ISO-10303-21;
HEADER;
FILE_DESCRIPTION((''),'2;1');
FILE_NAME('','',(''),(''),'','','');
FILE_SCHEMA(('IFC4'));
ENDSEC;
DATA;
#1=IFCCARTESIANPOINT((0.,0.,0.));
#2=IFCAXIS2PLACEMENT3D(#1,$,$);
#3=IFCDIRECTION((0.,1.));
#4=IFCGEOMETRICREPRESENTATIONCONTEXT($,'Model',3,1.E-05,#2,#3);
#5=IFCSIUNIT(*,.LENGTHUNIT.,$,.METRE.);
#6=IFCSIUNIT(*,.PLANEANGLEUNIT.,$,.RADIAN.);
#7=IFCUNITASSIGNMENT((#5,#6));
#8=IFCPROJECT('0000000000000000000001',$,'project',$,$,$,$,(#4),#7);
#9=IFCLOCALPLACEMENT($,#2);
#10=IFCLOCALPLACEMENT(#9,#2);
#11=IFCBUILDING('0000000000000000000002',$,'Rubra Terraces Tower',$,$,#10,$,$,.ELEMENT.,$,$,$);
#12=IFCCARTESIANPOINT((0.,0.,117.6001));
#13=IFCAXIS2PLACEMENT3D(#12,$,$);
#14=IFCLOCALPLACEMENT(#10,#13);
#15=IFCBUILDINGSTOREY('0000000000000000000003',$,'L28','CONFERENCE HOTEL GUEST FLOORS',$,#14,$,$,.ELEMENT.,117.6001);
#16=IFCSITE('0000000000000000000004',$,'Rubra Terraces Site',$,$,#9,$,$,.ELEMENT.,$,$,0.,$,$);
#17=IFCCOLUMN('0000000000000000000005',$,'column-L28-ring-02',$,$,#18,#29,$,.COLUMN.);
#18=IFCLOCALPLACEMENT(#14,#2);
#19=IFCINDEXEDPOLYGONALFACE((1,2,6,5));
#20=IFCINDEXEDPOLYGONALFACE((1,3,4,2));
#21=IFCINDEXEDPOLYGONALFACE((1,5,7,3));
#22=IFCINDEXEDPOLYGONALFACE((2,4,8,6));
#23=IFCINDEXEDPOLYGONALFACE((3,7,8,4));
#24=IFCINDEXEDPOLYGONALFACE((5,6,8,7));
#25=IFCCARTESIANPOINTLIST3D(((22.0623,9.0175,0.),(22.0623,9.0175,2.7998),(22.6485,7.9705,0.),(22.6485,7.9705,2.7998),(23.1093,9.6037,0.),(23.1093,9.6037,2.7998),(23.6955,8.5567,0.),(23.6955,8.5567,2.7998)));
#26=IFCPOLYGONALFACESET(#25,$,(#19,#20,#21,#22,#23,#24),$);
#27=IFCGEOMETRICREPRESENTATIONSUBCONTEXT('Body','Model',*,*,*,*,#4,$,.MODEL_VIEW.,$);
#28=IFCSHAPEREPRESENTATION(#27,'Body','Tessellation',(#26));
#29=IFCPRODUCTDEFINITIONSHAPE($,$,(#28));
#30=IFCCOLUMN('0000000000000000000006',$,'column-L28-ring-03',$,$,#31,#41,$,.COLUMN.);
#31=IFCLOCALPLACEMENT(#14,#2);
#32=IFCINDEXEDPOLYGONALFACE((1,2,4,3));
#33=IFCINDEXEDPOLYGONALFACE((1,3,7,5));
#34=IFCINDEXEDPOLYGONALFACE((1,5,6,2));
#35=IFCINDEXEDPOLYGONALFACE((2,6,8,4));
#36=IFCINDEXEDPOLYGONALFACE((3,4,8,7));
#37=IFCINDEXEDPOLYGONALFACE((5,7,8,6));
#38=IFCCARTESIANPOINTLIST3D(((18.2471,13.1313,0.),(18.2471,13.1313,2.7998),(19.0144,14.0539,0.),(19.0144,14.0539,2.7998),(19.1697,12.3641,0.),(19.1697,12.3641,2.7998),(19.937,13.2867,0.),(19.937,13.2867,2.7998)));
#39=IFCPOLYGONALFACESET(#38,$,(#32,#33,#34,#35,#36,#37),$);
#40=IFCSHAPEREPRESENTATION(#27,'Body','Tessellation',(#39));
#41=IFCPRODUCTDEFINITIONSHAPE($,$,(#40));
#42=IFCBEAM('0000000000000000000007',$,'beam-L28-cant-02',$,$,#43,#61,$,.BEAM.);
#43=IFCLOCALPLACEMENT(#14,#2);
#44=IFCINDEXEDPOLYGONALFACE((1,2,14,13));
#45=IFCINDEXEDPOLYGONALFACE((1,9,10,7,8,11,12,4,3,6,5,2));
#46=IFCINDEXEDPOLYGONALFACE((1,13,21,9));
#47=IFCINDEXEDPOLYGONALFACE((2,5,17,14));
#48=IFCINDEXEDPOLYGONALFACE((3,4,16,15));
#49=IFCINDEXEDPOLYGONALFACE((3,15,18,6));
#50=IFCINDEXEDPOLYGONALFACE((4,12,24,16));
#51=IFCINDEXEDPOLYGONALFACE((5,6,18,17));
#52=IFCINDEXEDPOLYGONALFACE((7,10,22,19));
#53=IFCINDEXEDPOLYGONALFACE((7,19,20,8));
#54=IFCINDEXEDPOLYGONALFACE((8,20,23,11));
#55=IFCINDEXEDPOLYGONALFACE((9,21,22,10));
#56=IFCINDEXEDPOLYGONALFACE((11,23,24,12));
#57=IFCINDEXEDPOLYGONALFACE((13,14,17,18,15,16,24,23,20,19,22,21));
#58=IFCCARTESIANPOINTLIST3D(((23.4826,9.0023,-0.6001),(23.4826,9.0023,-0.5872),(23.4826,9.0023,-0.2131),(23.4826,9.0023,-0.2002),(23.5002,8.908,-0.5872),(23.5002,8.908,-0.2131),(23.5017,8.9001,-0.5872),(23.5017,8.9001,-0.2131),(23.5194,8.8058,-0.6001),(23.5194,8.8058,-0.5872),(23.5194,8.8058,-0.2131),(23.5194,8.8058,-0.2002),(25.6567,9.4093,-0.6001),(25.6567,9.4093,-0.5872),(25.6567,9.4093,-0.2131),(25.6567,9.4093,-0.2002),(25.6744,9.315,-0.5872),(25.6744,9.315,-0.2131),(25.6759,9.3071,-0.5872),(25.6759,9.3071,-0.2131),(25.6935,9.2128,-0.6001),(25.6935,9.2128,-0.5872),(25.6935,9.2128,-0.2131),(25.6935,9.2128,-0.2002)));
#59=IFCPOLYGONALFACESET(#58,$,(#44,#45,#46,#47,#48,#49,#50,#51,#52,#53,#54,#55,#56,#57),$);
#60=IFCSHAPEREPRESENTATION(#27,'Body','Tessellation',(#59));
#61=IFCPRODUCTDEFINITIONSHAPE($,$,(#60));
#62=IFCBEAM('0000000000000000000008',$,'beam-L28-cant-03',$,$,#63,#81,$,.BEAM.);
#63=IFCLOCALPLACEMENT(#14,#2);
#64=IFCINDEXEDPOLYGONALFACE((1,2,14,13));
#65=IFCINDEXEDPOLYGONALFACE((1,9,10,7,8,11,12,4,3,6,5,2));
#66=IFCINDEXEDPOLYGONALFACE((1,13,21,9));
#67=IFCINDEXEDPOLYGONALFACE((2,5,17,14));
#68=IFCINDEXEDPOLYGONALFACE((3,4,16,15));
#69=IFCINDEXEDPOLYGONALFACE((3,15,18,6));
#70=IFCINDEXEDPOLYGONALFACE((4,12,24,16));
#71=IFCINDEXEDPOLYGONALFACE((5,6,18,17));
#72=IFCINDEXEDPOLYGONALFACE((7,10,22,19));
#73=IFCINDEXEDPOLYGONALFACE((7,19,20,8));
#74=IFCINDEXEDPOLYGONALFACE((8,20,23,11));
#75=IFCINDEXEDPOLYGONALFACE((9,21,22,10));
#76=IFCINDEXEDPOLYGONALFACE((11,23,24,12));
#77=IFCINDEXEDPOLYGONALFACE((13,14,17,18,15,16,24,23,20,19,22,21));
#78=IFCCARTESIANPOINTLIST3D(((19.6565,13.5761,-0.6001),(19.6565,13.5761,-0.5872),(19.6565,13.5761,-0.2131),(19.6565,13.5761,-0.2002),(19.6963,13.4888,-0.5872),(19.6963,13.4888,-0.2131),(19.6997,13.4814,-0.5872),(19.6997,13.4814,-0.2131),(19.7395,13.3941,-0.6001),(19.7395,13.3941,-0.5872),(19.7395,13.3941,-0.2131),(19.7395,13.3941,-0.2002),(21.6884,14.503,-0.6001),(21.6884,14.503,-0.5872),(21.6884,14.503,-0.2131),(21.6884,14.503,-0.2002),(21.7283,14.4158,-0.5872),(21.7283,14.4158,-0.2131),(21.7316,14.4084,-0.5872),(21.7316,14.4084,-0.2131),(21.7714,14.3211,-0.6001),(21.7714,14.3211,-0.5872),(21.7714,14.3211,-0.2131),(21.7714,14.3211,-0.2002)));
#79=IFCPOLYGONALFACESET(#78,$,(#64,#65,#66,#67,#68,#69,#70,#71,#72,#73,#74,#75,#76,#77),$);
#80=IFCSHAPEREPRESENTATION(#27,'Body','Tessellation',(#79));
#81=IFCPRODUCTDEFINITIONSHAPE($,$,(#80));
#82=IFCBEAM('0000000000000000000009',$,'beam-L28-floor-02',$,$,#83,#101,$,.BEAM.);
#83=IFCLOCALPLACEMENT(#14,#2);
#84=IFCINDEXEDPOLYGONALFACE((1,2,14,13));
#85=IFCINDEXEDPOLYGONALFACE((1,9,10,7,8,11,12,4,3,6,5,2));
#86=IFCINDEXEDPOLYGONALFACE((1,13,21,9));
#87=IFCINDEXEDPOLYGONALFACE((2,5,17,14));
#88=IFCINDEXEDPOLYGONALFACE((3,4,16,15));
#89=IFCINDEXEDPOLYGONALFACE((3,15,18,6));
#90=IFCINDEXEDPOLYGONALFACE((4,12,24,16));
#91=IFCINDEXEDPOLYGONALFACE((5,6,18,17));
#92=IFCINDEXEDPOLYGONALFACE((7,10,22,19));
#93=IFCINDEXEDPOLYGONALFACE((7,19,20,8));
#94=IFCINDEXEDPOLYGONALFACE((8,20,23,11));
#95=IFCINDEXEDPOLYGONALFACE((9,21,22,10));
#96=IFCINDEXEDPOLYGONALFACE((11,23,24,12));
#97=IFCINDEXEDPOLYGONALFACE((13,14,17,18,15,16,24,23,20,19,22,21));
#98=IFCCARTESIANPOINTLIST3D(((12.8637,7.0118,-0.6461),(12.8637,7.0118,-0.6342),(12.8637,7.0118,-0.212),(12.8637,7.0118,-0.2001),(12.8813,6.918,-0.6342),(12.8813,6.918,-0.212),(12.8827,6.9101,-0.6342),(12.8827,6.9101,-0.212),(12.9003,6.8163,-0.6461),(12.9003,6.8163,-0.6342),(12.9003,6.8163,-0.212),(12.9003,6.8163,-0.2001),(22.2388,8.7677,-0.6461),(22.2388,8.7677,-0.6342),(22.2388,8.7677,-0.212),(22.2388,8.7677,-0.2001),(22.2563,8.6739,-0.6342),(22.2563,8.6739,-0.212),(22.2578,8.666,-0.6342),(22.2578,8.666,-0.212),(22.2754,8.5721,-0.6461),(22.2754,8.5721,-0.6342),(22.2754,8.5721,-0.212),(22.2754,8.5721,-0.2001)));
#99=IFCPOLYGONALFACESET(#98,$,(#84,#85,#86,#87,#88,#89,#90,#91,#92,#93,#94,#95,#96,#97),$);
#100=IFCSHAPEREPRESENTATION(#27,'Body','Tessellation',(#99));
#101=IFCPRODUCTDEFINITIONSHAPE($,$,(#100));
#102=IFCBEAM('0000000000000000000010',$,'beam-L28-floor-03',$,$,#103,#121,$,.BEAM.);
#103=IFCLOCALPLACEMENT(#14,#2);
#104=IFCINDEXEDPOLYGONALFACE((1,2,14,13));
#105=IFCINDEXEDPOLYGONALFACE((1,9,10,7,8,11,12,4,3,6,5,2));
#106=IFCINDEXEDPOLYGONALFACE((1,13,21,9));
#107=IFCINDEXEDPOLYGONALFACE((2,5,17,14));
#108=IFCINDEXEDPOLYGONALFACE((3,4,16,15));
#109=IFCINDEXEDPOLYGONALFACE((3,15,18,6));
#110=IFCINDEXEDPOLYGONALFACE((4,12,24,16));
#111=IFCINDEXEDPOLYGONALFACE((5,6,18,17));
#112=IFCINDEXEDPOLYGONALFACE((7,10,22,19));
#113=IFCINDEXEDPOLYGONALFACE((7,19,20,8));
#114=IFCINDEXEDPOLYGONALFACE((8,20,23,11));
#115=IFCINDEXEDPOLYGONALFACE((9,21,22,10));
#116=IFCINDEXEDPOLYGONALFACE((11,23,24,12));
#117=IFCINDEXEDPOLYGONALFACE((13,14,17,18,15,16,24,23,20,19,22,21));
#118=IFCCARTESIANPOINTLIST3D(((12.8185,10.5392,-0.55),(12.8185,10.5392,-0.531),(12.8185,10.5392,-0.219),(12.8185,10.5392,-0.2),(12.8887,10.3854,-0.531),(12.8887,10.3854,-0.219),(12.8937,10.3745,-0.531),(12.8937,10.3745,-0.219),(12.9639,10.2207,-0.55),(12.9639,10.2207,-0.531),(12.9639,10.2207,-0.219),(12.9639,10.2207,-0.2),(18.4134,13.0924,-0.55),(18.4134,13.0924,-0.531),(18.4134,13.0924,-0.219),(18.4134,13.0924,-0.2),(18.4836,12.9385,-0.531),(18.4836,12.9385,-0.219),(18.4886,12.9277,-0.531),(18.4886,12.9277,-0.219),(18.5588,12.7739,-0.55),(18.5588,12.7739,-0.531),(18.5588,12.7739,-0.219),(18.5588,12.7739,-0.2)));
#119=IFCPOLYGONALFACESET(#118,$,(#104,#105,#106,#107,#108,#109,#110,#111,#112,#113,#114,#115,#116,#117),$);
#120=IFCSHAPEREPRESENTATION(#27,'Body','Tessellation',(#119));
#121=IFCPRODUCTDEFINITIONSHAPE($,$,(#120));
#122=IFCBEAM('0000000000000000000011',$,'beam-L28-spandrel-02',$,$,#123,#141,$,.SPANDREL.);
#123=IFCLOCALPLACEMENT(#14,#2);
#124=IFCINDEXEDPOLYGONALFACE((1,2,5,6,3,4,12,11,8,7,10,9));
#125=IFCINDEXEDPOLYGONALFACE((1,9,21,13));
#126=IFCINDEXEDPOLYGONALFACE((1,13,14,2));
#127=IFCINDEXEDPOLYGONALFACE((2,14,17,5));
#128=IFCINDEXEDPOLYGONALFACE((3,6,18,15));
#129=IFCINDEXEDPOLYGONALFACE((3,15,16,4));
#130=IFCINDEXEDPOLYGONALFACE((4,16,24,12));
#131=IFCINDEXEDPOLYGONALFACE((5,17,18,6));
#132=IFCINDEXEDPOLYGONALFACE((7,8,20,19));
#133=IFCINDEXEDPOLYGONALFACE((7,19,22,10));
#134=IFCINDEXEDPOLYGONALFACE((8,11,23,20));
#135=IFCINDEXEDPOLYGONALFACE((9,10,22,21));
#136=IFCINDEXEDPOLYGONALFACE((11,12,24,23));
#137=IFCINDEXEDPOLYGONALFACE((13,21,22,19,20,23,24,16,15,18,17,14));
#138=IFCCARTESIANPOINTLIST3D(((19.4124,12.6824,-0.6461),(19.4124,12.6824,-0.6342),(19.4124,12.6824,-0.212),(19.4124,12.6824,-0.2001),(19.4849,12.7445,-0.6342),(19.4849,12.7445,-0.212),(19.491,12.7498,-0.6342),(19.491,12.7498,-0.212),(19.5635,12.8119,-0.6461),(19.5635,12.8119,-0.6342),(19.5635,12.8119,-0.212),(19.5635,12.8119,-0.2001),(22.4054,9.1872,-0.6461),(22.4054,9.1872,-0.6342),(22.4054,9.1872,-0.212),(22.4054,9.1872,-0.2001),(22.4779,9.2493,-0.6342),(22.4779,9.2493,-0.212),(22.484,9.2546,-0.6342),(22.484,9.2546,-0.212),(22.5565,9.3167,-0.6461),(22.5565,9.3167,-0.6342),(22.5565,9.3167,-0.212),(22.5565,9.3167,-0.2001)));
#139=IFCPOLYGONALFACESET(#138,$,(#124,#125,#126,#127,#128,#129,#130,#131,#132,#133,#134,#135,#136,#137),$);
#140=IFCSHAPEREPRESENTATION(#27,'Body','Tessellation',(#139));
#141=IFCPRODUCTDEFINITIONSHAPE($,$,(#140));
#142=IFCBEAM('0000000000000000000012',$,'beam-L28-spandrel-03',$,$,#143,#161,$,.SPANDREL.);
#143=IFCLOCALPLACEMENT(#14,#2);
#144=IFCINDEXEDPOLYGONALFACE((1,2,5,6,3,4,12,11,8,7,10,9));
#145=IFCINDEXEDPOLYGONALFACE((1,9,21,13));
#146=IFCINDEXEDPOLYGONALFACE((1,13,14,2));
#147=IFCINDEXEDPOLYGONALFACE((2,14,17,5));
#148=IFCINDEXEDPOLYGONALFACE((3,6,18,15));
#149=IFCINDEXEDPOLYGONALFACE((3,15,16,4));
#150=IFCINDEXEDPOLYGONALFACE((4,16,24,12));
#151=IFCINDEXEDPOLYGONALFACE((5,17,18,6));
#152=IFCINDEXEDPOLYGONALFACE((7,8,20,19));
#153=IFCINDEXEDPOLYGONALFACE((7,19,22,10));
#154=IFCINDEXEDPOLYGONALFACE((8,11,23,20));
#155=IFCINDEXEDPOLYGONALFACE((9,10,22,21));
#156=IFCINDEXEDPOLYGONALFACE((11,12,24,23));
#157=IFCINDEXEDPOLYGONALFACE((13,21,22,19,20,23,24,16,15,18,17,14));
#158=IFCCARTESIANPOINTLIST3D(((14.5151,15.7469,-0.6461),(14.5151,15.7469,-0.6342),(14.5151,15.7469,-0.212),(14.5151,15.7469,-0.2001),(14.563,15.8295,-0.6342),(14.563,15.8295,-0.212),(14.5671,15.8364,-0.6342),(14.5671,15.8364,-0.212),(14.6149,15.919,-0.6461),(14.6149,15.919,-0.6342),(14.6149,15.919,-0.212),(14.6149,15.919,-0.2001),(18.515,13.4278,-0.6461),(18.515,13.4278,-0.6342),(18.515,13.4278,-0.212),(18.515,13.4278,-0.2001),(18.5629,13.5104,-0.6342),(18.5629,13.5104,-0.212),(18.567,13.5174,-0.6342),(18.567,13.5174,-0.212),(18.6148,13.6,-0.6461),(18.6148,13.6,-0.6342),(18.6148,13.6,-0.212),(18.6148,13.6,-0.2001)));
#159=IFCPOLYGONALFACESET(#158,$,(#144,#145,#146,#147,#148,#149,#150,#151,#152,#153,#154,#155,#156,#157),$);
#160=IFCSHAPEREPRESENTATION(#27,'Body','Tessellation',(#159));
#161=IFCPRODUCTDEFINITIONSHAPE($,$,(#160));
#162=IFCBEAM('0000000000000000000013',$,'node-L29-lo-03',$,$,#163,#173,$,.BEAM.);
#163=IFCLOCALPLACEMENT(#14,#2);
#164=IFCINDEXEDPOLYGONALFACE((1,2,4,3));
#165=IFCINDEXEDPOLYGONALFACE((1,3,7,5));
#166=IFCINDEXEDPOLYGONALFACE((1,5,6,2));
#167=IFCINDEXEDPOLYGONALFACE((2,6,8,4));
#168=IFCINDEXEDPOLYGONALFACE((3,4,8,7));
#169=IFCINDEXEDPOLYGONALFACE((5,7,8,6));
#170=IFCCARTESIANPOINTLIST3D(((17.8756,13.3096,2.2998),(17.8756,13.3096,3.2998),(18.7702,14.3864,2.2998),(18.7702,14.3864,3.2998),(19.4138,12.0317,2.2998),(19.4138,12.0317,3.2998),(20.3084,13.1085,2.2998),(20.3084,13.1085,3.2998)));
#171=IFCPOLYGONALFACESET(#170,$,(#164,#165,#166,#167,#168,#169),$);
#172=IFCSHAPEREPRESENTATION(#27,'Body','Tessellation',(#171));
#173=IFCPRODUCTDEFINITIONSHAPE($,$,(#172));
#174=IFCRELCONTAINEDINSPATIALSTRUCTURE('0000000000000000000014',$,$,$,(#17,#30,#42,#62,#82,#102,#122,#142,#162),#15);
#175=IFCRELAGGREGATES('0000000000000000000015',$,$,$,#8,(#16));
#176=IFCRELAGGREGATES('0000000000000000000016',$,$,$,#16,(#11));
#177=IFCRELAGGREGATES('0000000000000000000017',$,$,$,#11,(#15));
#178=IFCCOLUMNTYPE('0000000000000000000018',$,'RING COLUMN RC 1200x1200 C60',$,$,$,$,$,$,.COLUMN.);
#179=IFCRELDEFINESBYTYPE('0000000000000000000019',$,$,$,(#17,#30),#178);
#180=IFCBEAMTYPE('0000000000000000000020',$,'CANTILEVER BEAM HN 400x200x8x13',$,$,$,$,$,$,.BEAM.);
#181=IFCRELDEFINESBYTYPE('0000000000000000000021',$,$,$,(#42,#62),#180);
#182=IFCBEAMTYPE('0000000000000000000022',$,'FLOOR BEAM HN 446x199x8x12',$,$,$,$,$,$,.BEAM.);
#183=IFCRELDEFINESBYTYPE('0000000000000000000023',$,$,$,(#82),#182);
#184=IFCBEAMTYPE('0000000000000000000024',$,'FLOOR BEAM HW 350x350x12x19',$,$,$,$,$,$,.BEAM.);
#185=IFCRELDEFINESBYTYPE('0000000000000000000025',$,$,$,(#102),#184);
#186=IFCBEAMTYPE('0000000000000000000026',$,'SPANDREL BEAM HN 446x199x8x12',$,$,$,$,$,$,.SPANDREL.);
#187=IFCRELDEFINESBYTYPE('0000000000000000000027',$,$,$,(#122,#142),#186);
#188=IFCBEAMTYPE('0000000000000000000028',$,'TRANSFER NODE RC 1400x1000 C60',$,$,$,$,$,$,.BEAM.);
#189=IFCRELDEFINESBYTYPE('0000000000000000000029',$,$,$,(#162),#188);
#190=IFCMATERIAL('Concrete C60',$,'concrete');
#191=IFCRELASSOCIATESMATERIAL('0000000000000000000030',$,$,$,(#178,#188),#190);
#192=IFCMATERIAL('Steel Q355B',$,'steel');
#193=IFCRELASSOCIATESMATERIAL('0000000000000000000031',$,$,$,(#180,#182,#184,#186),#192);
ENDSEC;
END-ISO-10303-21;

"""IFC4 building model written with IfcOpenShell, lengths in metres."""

from ifc_helpers import new_model, si_unit, direction, frame, origin, origin_2d, place, context, subcontext, project, spatial, rectangle, i_section, extrude, material, material_profile, profile_set, type_object, element, save


model = new_model("IFC4")

# Units and contexts
model_context = context("Model", 3, precision=1e-05, world=origin(), true_north=direction((0.0, 1.0)))
body_context = subcontext(model_context, "Body", "Model", "MODEL_VIEW")
ifc_project = project(units=[si_unit("LENGTHUNIT", "METRE"), si_unit("PLANEANGLEUNIT", "RADIAN")], contexts=[model_context])

# Site, building, storey
site_placement = place(None, origin())
site = spatial("IfcSite", under=ifc_project, at=site_placement, Name="Rubra Terraces Site", CompositionType="ELEMENT", RefElevation=0.0)
building_placement = place(site_placement, origin())
building = spatial("IfcBuilding", under=site, at=building_placement, Name="Rubra Terraces Tower", CompositionType="ELEMENT")
storey_placement = place(building_placement, frame((0.0, 0.0, 117.6001)))
storey = spatial("IfcBuildingStorey", under=building, at=storey_placement, Name="L28", Description="CONFERENCE HOTEL GUEST FLOORS", CompositionType="ELEMENT", Elevation=117.6001)

# Columns
ifc_material_1 = material(Name="Concrete C60", Category="concrete")
ifc_material_profile_1 = material_profile(ifc_material_1, rectangle(XDim=1.2, YDim=1.2, at=origin_2d()), Name="RC 1200x1200")
ifc_profile_set_1 = profile_set([ifc_material_profile_1], Name="Concrete C60")
column_type = type_object("IfcColumnType", Name="RING COLUMN RC 1200x1200 C60", PredefinedType="COLUMN", material=ifc_profile_set_1)
for number, where, z_axis, x_axis, name in (
    (1, (22.8789, 8.7871, 0.0), (0.0, 0.0, 1.0), (-0.488526, 0.872549, 0.0), "column-L28-ring-02"),
    (2, (19.092, 13.209, 0.0), (0.0, 0.0, 1.0), (-0.76887, 0.639405, 0.0), "column-L28-ring-03"),
):
    element("IfcColumn", number, at=place(storey_placement, frame(where, z_axis=z_axis, x_axis=x_axis)), inside=storey, type_object=column_type, Name=name, PredefinedType="COLUMN", context=body_context, shape_type="SweptSolid", body=[
        extrude(rectangle(XDim=1.2, YDim=1.2, at=origin_2d()), origin(), (0.0, 0.0, 1.0), 2.7998),
    ])

# Beams
ifc_material_2 = material(Name="Steel Q355B", Category="steel")
ifc_material_profile_2 = material_profile(ifc_material_2, i_section(OverallWidth=0.2, OverallDepth=0.3999, WebThickness=0.0081, FlangeThickness=0.0129, at=origin_2d()), Name="HN 400x200x8x13")
ifc_profile_set_2 = profile_set([ifc_material_profile_2], Name="Steel Q355B")
beam_type_1 = type_object("IfcBeamType", Name="CANTILEVER BEAM HN 400x200x8x13", PredefinedType="BEAM", material=ifc_profile_set_2)
beam_1_placement = place(storey_placement, frame((23.501, 8.9041, -0.4001), z_axis=(0.982926, 0.184002, 0.0), x_axis=(-0.184002, 0.982926, 0.0)))
element("IfcBeam", 3, at=beam_1_placement, inside=storey, type_object=beam_type_1, Name="beam-L28-cant-02", PredefinedType="BEAM", context=body_context, shape_type="SweptSolid", body=[
    extrude(i_section(OverallWidth=0.2, OverallDepth=0.3999, WebThickness=0.0081, FlangeThickness=0.0129, at=origin_2d()), origin(), (0.0, 0.0, 1.0), 2.2119),
])
beam_2_placement = place(storey_placement, frame((19.698, 13.4851, -0.4001), z_axis=(0.909797, 0.415054, 0.0), x_axis=(-0.415054, 0.909797, 0.0)))
element("IfcBeam", 4, at=beam_2_placement, inside=storey, type_object=beam_type_1, Name="beam-L28-cant-03", PredefinedType="BEAM", context=body_context, shape_type="SweptSolid", body=[
    extrude(i_section(OverallWidth=0.2, OverallDepth=0.3999, WebThickness=0.0081, FlangeThickness=0.0129, at=origin_2d()), origin(), (0.0, 0.0, 1.0), 2.2334),
])
ifc_material_profile_3 = material_profile(ifc_material_2, i_section(OverallWidth=0.199, OverallDepth=0.446, WebThickness=0.0081, FlangeThickness=0.012, at=origin_2d()), Name="HN 446x199x8x12")
ifc_profile_set_3 = profile_set([ifc_material_profile_3], Name="Steel Q355B")
beam_type_2 = type_object("IfcBeamType", Name="FLOOR BEAM HN 446x199x8x12", PredefinedType="BEAM", material=ifc_profile_set_3)
beam_3_placement = place(storey_placement, frame((22.2571, 8.6699, -0.4231), z_axis=(-0.982909, -0.184091, 0.0), x_axis=(0.184091, -0.982909, 0.0)))
element("IfcBeam", 5, at=beam_3_placement, inside=storey, type_object=beam_type_2, Name="beam-L28-floor-02", PredefinedType="BEAM", context=body_context, shape_type="SweptSolid", body=[
    extrude(i_section(OverallWidth=0.199, OverallDepth=0.446, WebThickness=0.0081, FlangeThickness=0.012, at=origin_2d()), origin(), (0.0, 0.0, 1.0), 9.5381),
])
ifc_material_profile_4 = material_profile(ifc_material_2, i_section(OverallWidth=0.3501, OverallDepth=0.3501, WebThickness=0.012, FlangeThickness=0.019, at=origin_2d()), Name="HW 350x350x12x19")
ifc_profile_set_4 = profile_set([ifc_material_profile_4], Name="Steel Q355B")
beam_type_3 = type_object("IfcBeamType", Name="FLOOR BEAM HW 350x350x12x19", PredefinedType="BEAM", material=ifc_profile_set_4)
beam_4_placement = place(storey_placement, frame((18.4861, 12.9331, -0.375), z_axis=(-0.90975, -0.415157, 0.0), x_axis=(0.415157, -0.90975, 0.0)))
element("IfcBeam", 6, at=beam_4_placement, inside=storey, type_object=beam_type_3, Name="beam-L28-floor-03", PredefinedType="BEAM", context=body_context, shape_type="SweptSolid", body=[
    extrude(i_section(OverallWidth=0.3501, OverallDepth=0.3501, WebThickness=0.012, FlangeThickness=0.019, at=origin_2d()), origin(), (0.0, 0.0, 1.0), 6.1499),
])
ifc_material_profile_5 = material_profile(ifc_material_2, i_section(OverallWidth=0.199, OverallDepth=0.446, WebThickness=0.0081, FlangeThickness=0.012, at=origin_2d()), Name="HN 446x199x8x12")
ifc_profile_set_5 = profile_set([ifc_material_profile_5], Name="Steel Q355B")
beam_type_4 = type_object("IfcBeamType", Name="SPANDREL BEAM HN 446x199x8x12", PredefinedType="SPANDREL", material=ifc_profile_set_5)
beam_5_placement = place(storey_placement, frame((22.481, 9.252, -0.4231), z_axis=(-0.650429, 0.759567, 0.0), x_axis=(-0.759567, -0.650429, 0.0)))
element("IfcBeam", 7, at=beam_5_placement, inside=storey, type_object=beam_type_4, Name="beam-L28-spandrel-02", PredefinedType="SPANDREL", context=body_context, shape_type="SweptSolid", body=[
    extrude(i_section(OverallWidth=0.199, OverallDepth=0.446, WebThickness=0.0081, FlangeThickness=0.012, at=origin_2d()), origin(), (0.0, 0.0, 1.0), 4.6016),
])
beam_6_placement = place(storey_placement, frame((18.5649, 13.5139, -0.4231), z_axis=(-0.865116, 0.501571, 0.0), x_axis=(-0.501571, -0.865116, 0.0)))
element("IfcBeam", 8, at=beam_6_placement, inside=storey, type_object=beam_type_4, Name="beam-L28-spandrel-03", PredefinedType="SPANDREL", context=body_context, shape_type="SweptSolid", body=[
    extrude(i_section(OverallWidth=0.199, OverallDepth=0.446, WebThickness=0.0081, FlangeThickness=0.012, at=origin_2d()), origin(), (0.0, 0.0, 1.0), 4.6235),
])
ifc_material_profile_6 = material_profile(ifc_material_1, rectangle(XDim=1.3999, YDim=1.0, at=origin_2d()), Name="RC 1400x1000")
ifc_profile_set_6 = profile_set([ifc_material_profile_6], Name="Concrete C60")
beam_type_5 = type_object("IfcBeamType", Name="TRANSFER NODE RC 1400x1000 C60", PredefinedType="BEAM", material=ifc_profile_set_6)
beam_7_placement = place(storey_placement, frame((19.8611, 12.5701, 2.7998), z_axis=(-0.769181, 0.639031, 0.0), x_axis=(-0.639031, -0.769181, 0.0)))
element("IfcBeam", 9, at=beam_7_placement, inside=storey, type_object=beam_type_5, Name="node-L29-lo-03", PredefinedType="BEAM", context=body_context, shape_type="SweptSolid", body=[
    extrude(rectangle(XDim=1.3999, YDim=1.0, at=origin_2d()), origin(), (0.0, 0.0, 1.0), 1.9998),
])

save(model, "model.ifc")
